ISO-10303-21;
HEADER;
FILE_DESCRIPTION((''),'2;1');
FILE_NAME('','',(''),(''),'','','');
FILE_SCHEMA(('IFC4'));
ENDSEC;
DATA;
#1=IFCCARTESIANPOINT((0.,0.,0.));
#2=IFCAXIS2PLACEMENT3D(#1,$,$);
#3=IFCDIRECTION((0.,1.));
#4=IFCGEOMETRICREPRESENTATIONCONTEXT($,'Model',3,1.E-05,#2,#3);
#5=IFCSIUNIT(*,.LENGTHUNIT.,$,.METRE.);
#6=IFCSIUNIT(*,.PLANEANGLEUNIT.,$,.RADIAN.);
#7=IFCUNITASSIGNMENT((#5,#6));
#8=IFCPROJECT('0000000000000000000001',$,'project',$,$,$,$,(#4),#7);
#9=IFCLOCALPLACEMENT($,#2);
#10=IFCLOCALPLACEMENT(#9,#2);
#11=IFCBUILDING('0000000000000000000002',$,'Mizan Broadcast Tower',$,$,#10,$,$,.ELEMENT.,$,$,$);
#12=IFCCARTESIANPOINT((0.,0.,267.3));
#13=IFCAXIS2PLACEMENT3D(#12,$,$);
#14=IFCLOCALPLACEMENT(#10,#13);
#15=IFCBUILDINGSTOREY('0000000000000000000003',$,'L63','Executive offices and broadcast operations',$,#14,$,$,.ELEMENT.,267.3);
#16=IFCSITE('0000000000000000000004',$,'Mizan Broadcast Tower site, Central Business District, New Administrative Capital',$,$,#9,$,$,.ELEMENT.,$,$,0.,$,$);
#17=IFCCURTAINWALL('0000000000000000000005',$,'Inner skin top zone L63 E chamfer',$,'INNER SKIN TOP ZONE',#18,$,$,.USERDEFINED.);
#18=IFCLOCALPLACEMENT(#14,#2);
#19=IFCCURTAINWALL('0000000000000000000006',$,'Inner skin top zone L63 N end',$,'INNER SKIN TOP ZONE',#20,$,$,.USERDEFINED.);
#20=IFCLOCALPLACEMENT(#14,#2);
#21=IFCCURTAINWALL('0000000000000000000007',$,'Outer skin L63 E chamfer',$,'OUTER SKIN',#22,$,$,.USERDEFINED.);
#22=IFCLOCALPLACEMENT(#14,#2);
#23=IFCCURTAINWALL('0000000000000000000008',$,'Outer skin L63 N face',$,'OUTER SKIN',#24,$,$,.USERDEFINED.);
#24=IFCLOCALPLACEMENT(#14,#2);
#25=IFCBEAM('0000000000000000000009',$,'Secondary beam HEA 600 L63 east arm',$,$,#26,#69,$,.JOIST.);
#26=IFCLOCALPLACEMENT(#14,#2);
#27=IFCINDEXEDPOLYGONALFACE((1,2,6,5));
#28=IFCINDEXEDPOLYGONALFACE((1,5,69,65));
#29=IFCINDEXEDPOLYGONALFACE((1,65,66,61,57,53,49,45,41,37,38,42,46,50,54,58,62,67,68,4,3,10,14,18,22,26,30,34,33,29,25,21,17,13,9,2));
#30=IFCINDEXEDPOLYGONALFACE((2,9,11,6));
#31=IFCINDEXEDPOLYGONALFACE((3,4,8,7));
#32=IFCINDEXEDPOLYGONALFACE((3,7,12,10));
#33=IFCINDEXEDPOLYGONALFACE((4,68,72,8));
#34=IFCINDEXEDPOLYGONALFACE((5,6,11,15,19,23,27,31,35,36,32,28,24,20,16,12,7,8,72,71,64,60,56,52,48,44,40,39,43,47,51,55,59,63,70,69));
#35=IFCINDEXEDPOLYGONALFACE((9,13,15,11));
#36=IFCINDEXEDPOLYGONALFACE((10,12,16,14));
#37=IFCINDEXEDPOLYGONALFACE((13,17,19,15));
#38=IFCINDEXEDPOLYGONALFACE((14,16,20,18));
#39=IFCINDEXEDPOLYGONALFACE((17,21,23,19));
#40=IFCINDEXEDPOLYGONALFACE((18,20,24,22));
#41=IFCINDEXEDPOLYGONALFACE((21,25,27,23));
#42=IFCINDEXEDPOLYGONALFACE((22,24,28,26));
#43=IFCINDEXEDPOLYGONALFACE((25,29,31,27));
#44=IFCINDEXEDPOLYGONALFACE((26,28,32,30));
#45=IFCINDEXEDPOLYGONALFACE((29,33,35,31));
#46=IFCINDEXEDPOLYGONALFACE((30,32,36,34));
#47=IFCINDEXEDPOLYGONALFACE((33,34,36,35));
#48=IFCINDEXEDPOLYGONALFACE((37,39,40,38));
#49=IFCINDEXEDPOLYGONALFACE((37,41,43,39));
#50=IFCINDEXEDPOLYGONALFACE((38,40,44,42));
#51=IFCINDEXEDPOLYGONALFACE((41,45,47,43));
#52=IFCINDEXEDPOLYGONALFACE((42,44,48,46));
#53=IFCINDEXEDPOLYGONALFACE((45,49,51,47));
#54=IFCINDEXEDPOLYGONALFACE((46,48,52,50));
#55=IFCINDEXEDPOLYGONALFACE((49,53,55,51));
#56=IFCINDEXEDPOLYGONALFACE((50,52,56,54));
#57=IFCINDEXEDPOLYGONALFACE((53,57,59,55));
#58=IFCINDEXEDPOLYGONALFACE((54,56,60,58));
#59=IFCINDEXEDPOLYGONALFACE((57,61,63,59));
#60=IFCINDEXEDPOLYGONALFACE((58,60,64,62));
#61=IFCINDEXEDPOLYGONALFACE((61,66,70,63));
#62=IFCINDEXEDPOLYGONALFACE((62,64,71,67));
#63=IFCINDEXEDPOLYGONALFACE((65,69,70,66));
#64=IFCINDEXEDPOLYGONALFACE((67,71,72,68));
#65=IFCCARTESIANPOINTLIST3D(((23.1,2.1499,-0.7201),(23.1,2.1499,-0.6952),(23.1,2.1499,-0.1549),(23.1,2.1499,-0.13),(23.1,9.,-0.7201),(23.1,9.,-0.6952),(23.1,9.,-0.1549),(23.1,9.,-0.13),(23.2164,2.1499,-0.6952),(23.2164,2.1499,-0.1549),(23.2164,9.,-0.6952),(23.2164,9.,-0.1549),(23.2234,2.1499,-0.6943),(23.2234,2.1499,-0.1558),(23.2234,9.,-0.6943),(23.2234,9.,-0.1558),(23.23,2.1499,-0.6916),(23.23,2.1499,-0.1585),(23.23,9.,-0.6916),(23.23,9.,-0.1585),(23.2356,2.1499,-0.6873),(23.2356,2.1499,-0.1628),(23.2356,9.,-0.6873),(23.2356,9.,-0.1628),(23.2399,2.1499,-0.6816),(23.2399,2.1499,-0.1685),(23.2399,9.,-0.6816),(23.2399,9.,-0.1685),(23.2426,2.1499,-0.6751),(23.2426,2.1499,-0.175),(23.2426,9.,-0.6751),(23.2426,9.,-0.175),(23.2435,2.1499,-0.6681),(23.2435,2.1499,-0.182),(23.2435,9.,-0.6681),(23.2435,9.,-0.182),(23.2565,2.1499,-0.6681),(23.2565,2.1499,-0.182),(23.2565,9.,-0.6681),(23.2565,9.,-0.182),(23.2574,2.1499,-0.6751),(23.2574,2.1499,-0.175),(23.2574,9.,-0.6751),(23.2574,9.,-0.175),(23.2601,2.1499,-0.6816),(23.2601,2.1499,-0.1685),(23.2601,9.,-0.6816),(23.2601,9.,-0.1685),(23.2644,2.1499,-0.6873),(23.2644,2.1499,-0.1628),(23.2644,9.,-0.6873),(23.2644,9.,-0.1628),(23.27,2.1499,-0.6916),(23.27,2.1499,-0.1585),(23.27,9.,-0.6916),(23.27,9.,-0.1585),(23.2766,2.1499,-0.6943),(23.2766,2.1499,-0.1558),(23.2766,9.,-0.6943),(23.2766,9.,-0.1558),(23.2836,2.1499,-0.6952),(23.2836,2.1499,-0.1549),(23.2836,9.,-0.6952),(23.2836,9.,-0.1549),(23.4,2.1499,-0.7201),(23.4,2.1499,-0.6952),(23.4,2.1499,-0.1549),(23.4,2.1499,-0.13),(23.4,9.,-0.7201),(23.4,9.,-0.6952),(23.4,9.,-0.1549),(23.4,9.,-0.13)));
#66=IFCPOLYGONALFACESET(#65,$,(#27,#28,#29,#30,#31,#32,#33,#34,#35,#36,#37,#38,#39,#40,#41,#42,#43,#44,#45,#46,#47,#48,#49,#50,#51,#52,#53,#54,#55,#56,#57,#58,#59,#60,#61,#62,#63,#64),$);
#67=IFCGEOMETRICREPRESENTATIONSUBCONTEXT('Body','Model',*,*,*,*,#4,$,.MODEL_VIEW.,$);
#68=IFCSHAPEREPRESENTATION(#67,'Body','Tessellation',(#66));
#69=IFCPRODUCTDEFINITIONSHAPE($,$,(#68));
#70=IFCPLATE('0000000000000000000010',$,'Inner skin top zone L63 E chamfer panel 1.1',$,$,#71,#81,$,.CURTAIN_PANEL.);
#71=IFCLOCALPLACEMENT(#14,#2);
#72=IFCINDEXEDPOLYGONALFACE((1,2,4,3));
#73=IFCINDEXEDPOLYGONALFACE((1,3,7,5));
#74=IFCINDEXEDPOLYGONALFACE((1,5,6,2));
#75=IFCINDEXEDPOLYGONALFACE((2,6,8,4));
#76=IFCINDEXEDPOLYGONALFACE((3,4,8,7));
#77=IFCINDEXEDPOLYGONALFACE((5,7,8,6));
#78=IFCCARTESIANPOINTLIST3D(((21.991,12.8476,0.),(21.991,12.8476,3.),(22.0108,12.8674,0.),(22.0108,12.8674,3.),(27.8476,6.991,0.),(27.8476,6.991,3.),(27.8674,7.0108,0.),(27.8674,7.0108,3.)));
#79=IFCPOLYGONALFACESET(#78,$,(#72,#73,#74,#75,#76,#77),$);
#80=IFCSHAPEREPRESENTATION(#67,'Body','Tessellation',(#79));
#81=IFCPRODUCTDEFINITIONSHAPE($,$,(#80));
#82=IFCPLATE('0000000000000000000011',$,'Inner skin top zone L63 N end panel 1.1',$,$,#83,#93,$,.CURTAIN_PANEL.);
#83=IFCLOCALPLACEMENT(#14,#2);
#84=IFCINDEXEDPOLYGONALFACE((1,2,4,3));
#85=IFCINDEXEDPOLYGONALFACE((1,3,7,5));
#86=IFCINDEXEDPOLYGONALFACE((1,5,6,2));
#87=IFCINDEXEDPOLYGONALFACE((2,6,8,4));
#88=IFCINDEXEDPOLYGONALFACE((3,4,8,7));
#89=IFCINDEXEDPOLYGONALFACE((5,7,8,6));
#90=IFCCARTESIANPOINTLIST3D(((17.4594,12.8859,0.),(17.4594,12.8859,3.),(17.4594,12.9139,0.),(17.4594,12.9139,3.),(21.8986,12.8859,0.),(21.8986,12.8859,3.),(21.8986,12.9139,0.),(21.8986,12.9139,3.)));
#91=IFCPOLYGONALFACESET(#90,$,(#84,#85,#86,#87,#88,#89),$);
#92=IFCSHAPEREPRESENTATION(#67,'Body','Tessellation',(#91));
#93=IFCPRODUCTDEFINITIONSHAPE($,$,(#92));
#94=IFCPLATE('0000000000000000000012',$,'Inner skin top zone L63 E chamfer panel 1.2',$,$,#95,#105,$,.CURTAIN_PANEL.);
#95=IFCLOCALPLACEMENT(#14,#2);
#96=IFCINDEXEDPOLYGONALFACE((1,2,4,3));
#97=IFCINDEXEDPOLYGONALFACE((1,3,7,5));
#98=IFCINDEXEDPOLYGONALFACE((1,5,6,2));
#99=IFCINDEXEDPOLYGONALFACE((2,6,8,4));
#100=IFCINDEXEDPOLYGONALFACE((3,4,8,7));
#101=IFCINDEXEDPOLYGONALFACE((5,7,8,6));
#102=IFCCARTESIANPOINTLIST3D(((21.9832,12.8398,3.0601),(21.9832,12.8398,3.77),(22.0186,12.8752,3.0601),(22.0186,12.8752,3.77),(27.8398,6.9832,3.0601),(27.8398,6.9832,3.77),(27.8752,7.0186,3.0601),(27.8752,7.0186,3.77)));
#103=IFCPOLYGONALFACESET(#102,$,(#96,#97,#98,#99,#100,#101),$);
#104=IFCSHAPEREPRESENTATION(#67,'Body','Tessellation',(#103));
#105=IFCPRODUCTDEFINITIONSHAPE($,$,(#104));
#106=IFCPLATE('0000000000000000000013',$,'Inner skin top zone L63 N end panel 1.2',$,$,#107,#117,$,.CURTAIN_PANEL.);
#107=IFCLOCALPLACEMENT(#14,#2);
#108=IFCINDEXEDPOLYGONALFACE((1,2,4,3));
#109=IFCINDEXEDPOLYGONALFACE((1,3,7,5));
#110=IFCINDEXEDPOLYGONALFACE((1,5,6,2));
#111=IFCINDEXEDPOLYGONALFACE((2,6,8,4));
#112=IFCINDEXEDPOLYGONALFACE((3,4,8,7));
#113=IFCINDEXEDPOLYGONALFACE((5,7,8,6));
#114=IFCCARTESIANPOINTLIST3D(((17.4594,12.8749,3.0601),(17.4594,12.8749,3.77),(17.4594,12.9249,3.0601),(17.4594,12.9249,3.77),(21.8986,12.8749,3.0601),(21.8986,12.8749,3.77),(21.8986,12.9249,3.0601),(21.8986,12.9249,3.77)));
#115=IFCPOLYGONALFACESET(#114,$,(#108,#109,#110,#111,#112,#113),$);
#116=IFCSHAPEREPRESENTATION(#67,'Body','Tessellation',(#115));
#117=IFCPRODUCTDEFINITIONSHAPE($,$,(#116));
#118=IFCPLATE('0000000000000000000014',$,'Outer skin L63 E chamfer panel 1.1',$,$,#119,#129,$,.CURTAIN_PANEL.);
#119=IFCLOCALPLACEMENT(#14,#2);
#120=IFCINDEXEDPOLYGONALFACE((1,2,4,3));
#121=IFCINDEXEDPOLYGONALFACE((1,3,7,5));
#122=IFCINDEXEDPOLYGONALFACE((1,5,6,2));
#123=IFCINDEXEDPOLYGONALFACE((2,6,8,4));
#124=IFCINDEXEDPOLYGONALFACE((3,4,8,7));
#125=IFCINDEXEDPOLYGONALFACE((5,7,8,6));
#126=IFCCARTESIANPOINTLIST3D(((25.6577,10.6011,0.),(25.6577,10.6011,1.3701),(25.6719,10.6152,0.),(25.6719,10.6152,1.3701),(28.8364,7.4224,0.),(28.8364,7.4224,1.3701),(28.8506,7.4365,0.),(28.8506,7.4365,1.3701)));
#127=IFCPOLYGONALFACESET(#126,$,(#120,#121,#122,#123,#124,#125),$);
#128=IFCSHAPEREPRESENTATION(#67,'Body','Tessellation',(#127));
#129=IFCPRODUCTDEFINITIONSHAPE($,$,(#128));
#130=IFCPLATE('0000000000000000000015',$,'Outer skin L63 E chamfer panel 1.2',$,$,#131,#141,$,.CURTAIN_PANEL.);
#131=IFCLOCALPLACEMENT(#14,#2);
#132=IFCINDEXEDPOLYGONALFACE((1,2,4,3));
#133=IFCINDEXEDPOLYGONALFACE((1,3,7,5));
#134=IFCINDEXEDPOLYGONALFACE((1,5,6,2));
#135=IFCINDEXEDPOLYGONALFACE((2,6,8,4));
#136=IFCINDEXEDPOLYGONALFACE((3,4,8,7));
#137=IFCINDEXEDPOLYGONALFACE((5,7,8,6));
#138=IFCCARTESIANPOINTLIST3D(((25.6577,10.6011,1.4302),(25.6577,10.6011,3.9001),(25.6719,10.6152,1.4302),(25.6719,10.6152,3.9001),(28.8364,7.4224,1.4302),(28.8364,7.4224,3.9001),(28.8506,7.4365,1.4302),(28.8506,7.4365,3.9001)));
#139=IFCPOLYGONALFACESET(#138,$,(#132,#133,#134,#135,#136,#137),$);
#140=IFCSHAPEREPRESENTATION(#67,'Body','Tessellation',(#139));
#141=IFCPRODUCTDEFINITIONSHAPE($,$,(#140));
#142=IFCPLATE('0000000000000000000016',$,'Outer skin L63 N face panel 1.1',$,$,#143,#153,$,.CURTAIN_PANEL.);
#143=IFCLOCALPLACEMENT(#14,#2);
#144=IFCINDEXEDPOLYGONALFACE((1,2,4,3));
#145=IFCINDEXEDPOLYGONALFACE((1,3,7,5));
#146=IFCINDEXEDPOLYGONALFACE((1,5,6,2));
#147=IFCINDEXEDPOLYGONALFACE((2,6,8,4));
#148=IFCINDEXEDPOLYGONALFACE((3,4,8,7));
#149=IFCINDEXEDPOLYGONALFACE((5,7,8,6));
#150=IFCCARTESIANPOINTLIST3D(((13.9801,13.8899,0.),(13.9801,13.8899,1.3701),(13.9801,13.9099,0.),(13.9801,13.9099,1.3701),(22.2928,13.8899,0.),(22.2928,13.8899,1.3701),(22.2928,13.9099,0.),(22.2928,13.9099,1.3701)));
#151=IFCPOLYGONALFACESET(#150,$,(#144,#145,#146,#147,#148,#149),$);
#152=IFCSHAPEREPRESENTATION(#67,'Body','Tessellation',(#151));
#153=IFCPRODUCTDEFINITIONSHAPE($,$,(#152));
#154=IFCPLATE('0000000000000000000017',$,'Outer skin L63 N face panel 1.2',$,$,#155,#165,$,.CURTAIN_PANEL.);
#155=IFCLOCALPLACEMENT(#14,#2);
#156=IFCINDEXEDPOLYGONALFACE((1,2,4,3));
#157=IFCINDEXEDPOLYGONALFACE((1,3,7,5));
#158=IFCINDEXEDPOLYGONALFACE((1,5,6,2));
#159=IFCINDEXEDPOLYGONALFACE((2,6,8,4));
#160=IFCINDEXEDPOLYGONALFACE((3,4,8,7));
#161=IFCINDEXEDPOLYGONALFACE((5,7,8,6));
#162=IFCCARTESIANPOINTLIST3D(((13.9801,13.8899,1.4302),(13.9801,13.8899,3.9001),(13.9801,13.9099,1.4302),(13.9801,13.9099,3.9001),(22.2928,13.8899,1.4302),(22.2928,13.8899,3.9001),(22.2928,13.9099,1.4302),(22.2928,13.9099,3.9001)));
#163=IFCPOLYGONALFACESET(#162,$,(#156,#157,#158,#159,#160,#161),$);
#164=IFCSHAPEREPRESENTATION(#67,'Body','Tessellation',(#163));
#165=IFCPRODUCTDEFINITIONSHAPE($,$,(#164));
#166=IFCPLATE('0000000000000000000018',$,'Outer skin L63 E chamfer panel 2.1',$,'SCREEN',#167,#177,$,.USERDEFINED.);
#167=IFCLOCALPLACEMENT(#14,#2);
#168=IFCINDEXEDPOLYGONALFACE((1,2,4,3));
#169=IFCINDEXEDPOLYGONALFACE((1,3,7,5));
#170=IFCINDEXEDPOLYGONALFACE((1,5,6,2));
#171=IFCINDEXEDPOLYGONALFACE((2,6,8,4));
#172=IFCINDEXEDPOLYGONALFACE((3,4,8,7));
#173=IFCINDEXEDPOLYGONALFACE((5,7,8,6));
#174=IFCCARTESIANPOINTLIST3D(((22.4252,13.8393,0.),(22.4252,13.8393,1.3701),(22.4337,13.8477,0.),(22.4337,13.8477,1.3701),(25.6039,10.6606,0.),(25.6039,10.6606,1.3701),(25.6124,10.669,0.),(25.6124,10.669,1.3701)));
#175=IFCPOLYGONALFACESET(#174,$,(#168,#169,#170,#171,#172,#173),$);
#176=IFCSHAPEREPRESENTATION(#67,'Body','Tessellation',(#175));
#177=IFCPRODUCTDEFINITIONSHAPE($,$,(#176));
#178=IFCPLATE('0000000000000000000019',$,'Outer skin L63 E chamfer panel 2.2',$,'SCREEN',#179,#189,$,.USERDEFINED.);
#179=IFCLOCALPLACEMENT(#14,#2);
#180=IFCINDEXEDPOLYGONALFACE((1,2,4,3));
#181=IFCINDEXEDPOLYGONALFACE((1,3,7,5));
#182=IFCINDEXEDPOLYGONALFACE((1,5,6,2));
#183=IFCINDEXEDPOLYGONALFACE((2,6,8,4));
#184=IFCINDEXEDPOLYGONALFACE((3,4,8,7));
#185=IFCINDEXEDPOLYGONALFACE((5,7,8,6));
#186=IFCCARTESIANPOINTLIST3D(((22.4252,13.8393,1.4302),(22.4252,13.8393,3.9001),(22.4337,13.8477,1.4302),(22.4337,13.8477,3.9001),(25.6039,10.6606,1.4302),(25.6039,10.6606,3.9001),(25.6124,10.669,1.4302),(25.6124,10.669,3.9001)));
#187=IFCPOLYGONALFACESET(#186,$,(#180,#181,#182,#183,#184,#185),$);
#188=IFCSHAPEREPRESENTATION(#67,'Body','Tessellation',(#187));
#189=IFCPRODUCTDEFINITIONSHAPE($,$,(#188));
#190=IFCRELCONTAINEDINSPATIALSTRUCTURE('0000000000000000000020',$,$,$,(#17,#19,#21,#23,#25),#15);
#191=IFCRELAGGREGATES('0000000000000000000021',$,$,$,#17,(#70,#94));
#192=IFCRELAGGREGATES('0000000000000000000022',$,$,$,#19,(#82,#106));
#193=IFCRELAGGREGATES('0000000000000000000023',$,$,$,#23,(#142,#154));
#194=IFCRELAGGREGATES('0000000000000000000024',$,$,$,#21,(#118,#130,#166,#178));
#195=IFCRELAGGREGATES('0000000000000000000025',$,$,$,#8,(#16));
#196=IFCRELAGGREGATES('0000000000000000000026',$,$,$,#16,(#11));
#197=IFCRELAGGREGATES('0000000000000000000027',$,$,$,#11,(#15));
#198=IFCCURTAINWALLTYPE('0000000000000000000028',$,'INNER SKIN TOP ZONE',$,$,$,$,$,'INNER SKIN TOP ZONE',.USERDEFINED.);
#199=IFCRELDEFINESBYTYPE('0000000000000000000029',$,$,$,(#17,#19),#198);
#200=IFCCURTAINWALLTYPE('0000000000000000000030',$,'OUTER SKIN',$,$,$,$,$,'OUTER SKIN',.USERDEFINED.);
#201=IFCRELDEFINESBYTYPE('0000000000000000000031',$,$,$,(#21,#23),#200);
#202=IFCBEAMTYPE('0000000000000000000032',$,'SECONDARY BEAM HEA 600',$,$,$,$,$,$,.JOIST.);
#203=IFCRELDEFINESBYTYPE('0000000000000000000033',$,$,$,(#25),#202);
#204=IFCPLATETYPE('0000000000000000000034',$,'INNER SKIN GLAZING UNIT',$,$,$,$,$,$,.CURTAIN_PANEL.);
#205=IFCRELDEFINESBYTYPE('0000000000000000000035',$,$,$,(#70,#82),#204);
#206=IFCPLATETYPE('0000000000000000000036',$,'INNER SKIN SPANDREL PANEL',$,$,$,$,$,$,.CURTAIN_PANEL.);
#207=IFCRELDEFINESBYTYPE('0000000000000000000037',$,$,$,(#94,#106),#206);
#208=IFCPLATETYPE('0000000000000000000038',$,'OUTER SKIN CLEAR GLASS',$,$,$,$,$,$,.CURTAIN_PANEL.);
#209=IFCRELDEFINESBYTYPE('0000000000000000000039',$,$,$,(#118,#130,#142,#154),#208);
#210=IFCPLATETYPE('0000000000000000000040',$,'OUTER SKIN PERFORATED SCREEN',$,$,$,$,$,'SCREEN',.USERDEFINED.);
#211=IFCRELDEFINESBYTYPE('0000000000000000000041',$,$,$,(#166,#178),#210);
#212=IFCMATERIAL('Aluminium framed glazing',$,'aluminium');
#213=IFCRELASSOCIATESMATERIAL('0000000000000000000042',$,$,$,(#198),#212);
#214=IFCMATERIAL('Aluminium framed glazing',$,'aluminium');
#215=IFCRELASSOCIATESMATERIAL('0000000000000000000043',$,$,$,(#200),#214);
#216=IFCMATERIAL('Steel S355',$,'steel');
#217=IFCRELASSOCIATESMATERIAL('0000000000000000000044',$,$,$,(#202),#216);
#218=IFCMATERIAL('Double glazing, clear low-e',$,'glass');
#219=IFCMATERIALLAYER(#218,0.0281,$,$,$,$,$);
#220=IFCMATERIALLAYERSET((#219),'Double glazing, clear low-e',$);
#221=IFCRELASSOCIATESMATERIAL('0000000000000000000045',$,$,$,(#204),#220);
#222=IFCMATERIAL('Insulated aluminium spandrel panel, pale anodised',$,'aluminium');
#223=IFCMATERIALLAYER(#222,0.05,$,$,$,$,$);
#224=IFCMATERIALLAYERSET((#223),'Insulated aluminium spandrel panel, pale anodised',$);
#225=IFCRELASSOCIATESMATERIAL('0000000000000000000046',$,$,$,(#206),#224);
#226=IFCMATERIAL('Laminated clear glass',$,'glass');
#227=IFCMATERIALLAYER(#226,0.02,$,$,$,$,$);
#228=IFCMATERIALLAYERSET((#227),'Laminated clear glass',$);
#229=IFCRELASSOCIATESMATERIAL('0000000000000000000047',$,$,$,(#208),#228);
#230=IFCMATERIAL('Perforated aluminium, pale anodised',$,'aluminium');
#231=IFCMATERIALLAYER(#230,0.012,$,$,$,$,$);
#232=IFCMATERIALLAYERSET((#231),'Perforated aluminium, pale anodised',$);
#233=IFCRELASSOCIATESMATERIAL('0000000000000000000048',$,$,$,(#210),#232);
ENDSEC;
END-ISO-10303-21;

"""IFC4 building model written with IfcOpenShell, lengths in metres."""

from ifc_helpers import new_model, si_unit, direction, frame, origin, origin_2d, place, context, subcontext, project, spatial, rectangle, i_section, extrude, material, layer, layer_set, material_profile, profile_set, type_object, element, aggregate, save


model = new_model("IFC4")

# Units and contexts
model_context = context("Model", 3, precision=1e-05, world=origin(), true_north=direction((0.0, 1.0)))
body_context = subcontext(model_context, "Body", "Model", "MODEL_VIEW")
ifc_project = project(units=[si_unit("LENGTHUNIT", "METRE"), si_unit("PLANEANGLEUNIT", "RADIAN")], contexts=[model_context])

# Site, building, storey
site_placement = place(None, origin())
site = spatial("IfcSite", under=ifc_project, at=site_placement, Name="Mizan Broadcast Tower site, Central Business District, New Administrative Capital", CompositionType="ELEMENT", RefElevation=0.0)
building_placement = place(site_placement, origin())
building = spatial("IfcBuilding", under=site, at=building_placement, Name="Mizan Broadcast Tower", CompositionType="ELEMENT")
storey_placement = place(building_placement, frame((0.0, 0.0, 267.3)))
storey = spatial("IfcBuildingStorey", under=building, at=storey_placement, Name="L63", Description="Executive offices and broadcast operations", CompositionType="ELEMENT", Elevation=267.3)

# Curtain wall
ifc_material_1 = material(Name="Aluminium framed glazing", Category="aluminium")
curtain_wall_type_1 = type_object("IfcCurtainWallType", Name="INNER SKIN TOP ZONE", ElementType="INNER SKIN TOP ZONE", PredefinedType="USERDEFINED", material=ifc_material_1)
curtain_wall_1_placement = place(storey_placement, origin())
curtain_wall_1 = element("IfcCurtainWall", 1, at=curtain_wall_1_placement, inside=storey, type_object=curtain_wall_type_1, Name="Inner skin top zone L63 E chamfer", ObjectType="INNER SKIN TOP ZONE", PredefinedType="USERDEFINED")

# Curtain wall
curtain_wall_2_placement = place(storey_placement, origin())
curtain_wall_2 = element("IfcCurtainWall", 2, at=curtain_wall_2_placement, inside=storey, type_object=curtain_wall_type_1, Name="Inner skin top zone L63 N end", ObjectType="INNER SKIN TOP ZONE", PredefinedType="USERDEFINED")

# Shared definitions
ifc_material_2 = material(Name="Aluminium framed glazing", Category="aluminium")
curtain_wall_type_2 = type_object("IfcCurtainWallType", Name="OUTER SKIN", ElementType="OUTER SKIN", PredefinedType="USERDEFINED", material=ifc_material_2)

# Curtain wall
curtain_wall_3_placement = place(storey_placement, origin())
curtain_wall_3 = element("IfcCurtainWall", 3, at=curtain_wall_3_placement, inside=storey, type_object=curtain_wall_type_2, Name="Outer skin L63 E chamfer", ObjectType="OUTER SKIN", PredefinedType="USERDEFINED")

# Curtain wall
curtain_wall_4_placement = place(storey_placement, origin())
curtain_wall_4 = element("IfcCurtainWall", 4, at=curtain_wall_4_placement, inside=storey, type_object=curtain_wall_type_2, Name="Outer skin L63 N face", ObjectType="OUTER SKIN", PredefinedType="USERDEFINED")

# Beam
ifc_material_3 = material(Name="Steel S355", Category="steel")
ifc_material_profile_1 = material_profile(ifc_material_3, i_section(OverallWidth=0.3, OverallDepth=0.5901, WebThickness=0.0129, FlangeThickness=0.0249, FilletRadius=0.0271, at=origin_2d()), Name="HEA 600")
ifc_profile_set_1 = profile_set([ifc_material_profile_1], Name="Steel S355")
beam_type_1 = type_object("IfcBeamType", Name="SECONDARY BEAM HEA 600", PredefinedType="JOIST", material=ifc_profile_set_1)
beam_1_placement = place(storey_placement, frame((23.25, 9.0, -0.425), z_axis=(0.0, -1.0, 0.0), x_axis=(1.0, 0.0, 0.0)))
element("IfcBeam", 5, at=beam_1_placement, inside=storey, type_object=beam_type_1, Name="Secondary beam HEA 600 L63 east arm", PredefinedType="JOIST", context=body_context, shape_type="SweptSolid", body=[
    extrude(i_section(OverallWidth=0.3, OverallDepth=0.5901, WebThickness=0.0129, FlangeThickness=0.0249, FilletRadius=0.0271, at=origin_2d()), origin(), (0.0, 0.0, 1.0), 6.8501),
])

# Plates
ifc_material_4 = material(Name="Double glazing, clear low-e", Category="glass")
ifc_layer_1 = layer(ifc_material_4, 0.0281)
ifc_layer_set_1 = layer_set([ifc_layer_1], Name="Double glazing, clear low-e")
plate_type_1 = type_object("IfcPlateType", Name="INNER SKIN GLAZING UNIT", PredefinedType="CURTAIN_PANEL", material=ifc_layer_set_1)
plate_1_placement = place(storey_placement, frame((24.9292, 9.9292, 0.0), z_axis=(0.0, 0.0, 1.0), x_axis=(-0.707107, 0.707107, 0.0)))
plate_1 = element("IfcPlate", 6, at=plate_1_placement, type_object=plate_type_1, Name="Inner skin top zone L63 E chamfer panel 1.1", PredefinedType="CURTAIN_PANEL", context=body_context, shape_type="SweptSolid", body=[
    extrude(rectangle(XDim=8.2825, YDim=0.0281, at=origin_2d()), origin(), (0.0, 0.0, 1.0), 3.0),
])
plate_2_placement = place(storey_placement, frame((19.679, 12.8999, 0.0), z_axis=(0.0, 0.0, 1.0), x_axis=(-1.0, 0.0, 0.0)))
plate_2 = element("IfcPlate", 7, at=plate_2_placement, type_object=plate_type_1, Name="Inner skin top zone L63 N end panel 1.1", PredefinedType="CURTAIN_PANEL", context=body_context, shape_type="SweptSolid", body=[
    extrude(rectangle(XDim=4.4392, YDim=0.0281, at=origin_2d()), origin(), (0.0, 0.0, 1.0), 3.0),
])
ifc_material_5 = material(Name="Insulated aluminium spandrel panel, pale anodised", Category="aluminium")
ifc_layer_2 = layer(ifc_material_5, 0.05)
ifc_layer_set_2 = layer_set([ifc_layer_2], Name="Insulated aluminium spandrel panel, pale anodised")
plate_type_2 = type_object("IfcPlateType", Name="INNER SKIN SPANDREL PANEL", PredefinedType="CURTAIN_PANEL", material=ifc_layer_set_2)
plate_3_placement = place(storey_placement, frame((24.9292, 9.9292, 3.0601), z_axis=(0.0, 0.0, 1.0), x_axis=(-0.707107, 0.707107, 0.0)))
plate_3 = element("IfcPlate", 8, at=plate_3_placement, type_object=plate_type_2, Name="Inner skin top zone L63 E chamfer panel 1.2", PredefinedType="CURTAIN_PANEL", context=body_context, shape_type="SweptSolid", body=[
    extrude(rectangle(XDim=8.2825, YDim=0.05, at=origin_2d()), origin(), (0.0, 0.0, 1.0), 0.71),
])
aggregate(curtain_wall_1, [plate_1, plate_3])
plate_4_placement = place(storey_placement, frame((19.679, 12.8999, 3.0601), z_axis=(0.0, 0.0, 1.0), x_axis=(-1.0, 0.0, 0.0)))
plate_4 = element("IfcPlate", 9, at=plate_4_placement, type_object=plate_type_2, Name="Inner skin top zone L63 N end panel 1.2", PredefinedType="CURTAIN_PANEL", context=body_context, shape_type="SweptSolid", body=[
    extrude(rectangle(XDim=4.4392, YDim=0.05, at=origin_2d()), origin(), (0.0, 0.0, 1.0), 0.71),
])
aggregate(curtain_wall_2, [plate_2, plate_4])
ifc_material_6 = material(Name="Laminated clear glass", Category="glass")
ifc_layer_3 = layer(ifc_material_6, 0.02)
ifc_layer_set_3 = layer_set([ifc_layer_3], Name="Laminated clear glass")
plate_type_3 = type_object("IfcPlateType", Name="OUTER SKIN CLEAR GLASS", PredefinedType="CURTAIN_PANEL", material=ifc_layer_set_3)
plate_5_placement = place(storey_placement, frame((27.2542, 9.0188, 0.0), z_axis=(0.0, 0.0, 1.0), x_axis=(-0.707107, 0.707107, 0.0)))
plate_5 = element("IfcPlate", 10, at=plate_5_placement, type_object=plate_type_3, Name="Outer skin L63 E chamfer panel 1.1", PredefinedType="CURTAIN_PANEL", context=body_context, shape_type="SweptSolid", body=[
    extrude(rectangle(XDim=4.4954, YDim=0.02, at=origin_2d()), origin(), (0.0, 0.0, 1.0), 1.3701),
])
plate_6_placement = place(storey_placement, frame((27.2542, 9.0188, 1.4302), z_axis=(0.0, 0.0, 1.0), x_axis=(-0.707107, 0.707107, 0.0)))
plate_6 = element("IfcPlate", 11, at=plate_6_placement, type_object=plate_type_3, Name="Outer skin L63 E chamfer panel 1.2", PredefinedType="CURTAIN_PANEL", context=body_context, shape_type="SweptSolid", body=[
    extrude(rectangle(XDim=4.4954, YDim=0.02, at=origin_2d()), origin(), (0.0, 0.0, 1.0), 2.47),
])
plate_7_placement = place(storey_placement, frame((18.1365, 13.8999, 0.0), z_axis=(0.0, 0.0, 1.0), x_axis=(-1.0, 0.0, 0.0)))
plate_7 = element("IfcPlate", 12, at=plate_7_placement, type_object=plate_type_3, Name="Outer skin L63 N face panel 1.1", PredefinedType="CURTAIN_PANEL", context=body_context, shape_type="SweptSolid", body=[
    extrude(rectangle(XDim=8.3127, YDim=0.02, at=origin_2d()), origin(), (0.0, 0.0, 1.0), 1.3701),
])
plate_8_placement = place(storey_placement, frame((18.1365, 13.8999, 1.4302), z_axis=(0.0, 0.0, 1.0), x_axis=(-1.0, 0.0, 0.0)))
plate_8 = element("IfcPlate", 13, at=plate_8_placement, type_object=plate_type_3, Name="Outer skin L63 N face panel 1.2", PredefinedType="CURTAIN_PANEL", context=body_context, shape_type="SweptSolid", body=[
    extrude(rectangle(XDim=8.3127, YDim=0.02, at=origin_2d()), origin(), (0.0, 0.0, 1.0), 2.47),
])
aggregate(curtain_wall_4, [plate_7, plate_8])
ifc_material_7 = material(Name="Perforated aluminium, pale anodised", Category="aluminium")
ifc_layer_4 = layer(ifc_material_7, 0.012)
ifc_layer_set_4 = layer_set([ifc_layer_4], Name="Perforated aluminium, pale anodised")
plate_type_4 = type_object("IfcPlateType", Name="OUTER SKIN PERFORATED SCREEN", ElementType="SCREEN", PredefinedType="USERDEFINED", material=ifc_layer_set_4)
plate_9_placement = place(storey_placement, frame((24.0188, 12.2542, 0.0), z_axis=(0.0, 0.0, 1.0), x_axis=(-0.707107, 0.707107, 0.0)))
plate_9 = element("IfcPlate", 14, at=plate_9_placement, type_object=plate_type_4, Name="Outer skin L63 E chamfer panel 2.1", ObjectType="SCREEN", PredefinedType="USERDEFINED", context=body_context, shape_type="SweptSolid", body=[
    extrude(rectangle(XDim=4.4954, YDim=0.012, at=origin_2d()), origin(), (0.0, 0.0, 1.0), 1.3701),
])
plate_10_placement = place(storey_placement, frame((24.0188, 12.2542, 1.4302), z_axis=(0.0, 0.0, 1.0), x_axis=(-0.707107, 0.707107, 0.0)))
plate_10 = element("IfcPlate", 15, at=plate_10_placement, type_object=plate_type_4, Name="Outer skin L63 E chamfer panel 2.2", ObjectType="SCREEN", PredefinedType="USERDEFINED", context=body_context, shape_type="SweptSolid", body=[
    extrude(rectangle(XDim=4.4954, YDim=0.012, at=origin_2d()), origin(), (0.0, 0.0, 1.0), 2.47),
])
aggregate(curtain_wall_3, [plate_5, plate_6, plate_9, plate_10])

save(model, "model.ifc")
